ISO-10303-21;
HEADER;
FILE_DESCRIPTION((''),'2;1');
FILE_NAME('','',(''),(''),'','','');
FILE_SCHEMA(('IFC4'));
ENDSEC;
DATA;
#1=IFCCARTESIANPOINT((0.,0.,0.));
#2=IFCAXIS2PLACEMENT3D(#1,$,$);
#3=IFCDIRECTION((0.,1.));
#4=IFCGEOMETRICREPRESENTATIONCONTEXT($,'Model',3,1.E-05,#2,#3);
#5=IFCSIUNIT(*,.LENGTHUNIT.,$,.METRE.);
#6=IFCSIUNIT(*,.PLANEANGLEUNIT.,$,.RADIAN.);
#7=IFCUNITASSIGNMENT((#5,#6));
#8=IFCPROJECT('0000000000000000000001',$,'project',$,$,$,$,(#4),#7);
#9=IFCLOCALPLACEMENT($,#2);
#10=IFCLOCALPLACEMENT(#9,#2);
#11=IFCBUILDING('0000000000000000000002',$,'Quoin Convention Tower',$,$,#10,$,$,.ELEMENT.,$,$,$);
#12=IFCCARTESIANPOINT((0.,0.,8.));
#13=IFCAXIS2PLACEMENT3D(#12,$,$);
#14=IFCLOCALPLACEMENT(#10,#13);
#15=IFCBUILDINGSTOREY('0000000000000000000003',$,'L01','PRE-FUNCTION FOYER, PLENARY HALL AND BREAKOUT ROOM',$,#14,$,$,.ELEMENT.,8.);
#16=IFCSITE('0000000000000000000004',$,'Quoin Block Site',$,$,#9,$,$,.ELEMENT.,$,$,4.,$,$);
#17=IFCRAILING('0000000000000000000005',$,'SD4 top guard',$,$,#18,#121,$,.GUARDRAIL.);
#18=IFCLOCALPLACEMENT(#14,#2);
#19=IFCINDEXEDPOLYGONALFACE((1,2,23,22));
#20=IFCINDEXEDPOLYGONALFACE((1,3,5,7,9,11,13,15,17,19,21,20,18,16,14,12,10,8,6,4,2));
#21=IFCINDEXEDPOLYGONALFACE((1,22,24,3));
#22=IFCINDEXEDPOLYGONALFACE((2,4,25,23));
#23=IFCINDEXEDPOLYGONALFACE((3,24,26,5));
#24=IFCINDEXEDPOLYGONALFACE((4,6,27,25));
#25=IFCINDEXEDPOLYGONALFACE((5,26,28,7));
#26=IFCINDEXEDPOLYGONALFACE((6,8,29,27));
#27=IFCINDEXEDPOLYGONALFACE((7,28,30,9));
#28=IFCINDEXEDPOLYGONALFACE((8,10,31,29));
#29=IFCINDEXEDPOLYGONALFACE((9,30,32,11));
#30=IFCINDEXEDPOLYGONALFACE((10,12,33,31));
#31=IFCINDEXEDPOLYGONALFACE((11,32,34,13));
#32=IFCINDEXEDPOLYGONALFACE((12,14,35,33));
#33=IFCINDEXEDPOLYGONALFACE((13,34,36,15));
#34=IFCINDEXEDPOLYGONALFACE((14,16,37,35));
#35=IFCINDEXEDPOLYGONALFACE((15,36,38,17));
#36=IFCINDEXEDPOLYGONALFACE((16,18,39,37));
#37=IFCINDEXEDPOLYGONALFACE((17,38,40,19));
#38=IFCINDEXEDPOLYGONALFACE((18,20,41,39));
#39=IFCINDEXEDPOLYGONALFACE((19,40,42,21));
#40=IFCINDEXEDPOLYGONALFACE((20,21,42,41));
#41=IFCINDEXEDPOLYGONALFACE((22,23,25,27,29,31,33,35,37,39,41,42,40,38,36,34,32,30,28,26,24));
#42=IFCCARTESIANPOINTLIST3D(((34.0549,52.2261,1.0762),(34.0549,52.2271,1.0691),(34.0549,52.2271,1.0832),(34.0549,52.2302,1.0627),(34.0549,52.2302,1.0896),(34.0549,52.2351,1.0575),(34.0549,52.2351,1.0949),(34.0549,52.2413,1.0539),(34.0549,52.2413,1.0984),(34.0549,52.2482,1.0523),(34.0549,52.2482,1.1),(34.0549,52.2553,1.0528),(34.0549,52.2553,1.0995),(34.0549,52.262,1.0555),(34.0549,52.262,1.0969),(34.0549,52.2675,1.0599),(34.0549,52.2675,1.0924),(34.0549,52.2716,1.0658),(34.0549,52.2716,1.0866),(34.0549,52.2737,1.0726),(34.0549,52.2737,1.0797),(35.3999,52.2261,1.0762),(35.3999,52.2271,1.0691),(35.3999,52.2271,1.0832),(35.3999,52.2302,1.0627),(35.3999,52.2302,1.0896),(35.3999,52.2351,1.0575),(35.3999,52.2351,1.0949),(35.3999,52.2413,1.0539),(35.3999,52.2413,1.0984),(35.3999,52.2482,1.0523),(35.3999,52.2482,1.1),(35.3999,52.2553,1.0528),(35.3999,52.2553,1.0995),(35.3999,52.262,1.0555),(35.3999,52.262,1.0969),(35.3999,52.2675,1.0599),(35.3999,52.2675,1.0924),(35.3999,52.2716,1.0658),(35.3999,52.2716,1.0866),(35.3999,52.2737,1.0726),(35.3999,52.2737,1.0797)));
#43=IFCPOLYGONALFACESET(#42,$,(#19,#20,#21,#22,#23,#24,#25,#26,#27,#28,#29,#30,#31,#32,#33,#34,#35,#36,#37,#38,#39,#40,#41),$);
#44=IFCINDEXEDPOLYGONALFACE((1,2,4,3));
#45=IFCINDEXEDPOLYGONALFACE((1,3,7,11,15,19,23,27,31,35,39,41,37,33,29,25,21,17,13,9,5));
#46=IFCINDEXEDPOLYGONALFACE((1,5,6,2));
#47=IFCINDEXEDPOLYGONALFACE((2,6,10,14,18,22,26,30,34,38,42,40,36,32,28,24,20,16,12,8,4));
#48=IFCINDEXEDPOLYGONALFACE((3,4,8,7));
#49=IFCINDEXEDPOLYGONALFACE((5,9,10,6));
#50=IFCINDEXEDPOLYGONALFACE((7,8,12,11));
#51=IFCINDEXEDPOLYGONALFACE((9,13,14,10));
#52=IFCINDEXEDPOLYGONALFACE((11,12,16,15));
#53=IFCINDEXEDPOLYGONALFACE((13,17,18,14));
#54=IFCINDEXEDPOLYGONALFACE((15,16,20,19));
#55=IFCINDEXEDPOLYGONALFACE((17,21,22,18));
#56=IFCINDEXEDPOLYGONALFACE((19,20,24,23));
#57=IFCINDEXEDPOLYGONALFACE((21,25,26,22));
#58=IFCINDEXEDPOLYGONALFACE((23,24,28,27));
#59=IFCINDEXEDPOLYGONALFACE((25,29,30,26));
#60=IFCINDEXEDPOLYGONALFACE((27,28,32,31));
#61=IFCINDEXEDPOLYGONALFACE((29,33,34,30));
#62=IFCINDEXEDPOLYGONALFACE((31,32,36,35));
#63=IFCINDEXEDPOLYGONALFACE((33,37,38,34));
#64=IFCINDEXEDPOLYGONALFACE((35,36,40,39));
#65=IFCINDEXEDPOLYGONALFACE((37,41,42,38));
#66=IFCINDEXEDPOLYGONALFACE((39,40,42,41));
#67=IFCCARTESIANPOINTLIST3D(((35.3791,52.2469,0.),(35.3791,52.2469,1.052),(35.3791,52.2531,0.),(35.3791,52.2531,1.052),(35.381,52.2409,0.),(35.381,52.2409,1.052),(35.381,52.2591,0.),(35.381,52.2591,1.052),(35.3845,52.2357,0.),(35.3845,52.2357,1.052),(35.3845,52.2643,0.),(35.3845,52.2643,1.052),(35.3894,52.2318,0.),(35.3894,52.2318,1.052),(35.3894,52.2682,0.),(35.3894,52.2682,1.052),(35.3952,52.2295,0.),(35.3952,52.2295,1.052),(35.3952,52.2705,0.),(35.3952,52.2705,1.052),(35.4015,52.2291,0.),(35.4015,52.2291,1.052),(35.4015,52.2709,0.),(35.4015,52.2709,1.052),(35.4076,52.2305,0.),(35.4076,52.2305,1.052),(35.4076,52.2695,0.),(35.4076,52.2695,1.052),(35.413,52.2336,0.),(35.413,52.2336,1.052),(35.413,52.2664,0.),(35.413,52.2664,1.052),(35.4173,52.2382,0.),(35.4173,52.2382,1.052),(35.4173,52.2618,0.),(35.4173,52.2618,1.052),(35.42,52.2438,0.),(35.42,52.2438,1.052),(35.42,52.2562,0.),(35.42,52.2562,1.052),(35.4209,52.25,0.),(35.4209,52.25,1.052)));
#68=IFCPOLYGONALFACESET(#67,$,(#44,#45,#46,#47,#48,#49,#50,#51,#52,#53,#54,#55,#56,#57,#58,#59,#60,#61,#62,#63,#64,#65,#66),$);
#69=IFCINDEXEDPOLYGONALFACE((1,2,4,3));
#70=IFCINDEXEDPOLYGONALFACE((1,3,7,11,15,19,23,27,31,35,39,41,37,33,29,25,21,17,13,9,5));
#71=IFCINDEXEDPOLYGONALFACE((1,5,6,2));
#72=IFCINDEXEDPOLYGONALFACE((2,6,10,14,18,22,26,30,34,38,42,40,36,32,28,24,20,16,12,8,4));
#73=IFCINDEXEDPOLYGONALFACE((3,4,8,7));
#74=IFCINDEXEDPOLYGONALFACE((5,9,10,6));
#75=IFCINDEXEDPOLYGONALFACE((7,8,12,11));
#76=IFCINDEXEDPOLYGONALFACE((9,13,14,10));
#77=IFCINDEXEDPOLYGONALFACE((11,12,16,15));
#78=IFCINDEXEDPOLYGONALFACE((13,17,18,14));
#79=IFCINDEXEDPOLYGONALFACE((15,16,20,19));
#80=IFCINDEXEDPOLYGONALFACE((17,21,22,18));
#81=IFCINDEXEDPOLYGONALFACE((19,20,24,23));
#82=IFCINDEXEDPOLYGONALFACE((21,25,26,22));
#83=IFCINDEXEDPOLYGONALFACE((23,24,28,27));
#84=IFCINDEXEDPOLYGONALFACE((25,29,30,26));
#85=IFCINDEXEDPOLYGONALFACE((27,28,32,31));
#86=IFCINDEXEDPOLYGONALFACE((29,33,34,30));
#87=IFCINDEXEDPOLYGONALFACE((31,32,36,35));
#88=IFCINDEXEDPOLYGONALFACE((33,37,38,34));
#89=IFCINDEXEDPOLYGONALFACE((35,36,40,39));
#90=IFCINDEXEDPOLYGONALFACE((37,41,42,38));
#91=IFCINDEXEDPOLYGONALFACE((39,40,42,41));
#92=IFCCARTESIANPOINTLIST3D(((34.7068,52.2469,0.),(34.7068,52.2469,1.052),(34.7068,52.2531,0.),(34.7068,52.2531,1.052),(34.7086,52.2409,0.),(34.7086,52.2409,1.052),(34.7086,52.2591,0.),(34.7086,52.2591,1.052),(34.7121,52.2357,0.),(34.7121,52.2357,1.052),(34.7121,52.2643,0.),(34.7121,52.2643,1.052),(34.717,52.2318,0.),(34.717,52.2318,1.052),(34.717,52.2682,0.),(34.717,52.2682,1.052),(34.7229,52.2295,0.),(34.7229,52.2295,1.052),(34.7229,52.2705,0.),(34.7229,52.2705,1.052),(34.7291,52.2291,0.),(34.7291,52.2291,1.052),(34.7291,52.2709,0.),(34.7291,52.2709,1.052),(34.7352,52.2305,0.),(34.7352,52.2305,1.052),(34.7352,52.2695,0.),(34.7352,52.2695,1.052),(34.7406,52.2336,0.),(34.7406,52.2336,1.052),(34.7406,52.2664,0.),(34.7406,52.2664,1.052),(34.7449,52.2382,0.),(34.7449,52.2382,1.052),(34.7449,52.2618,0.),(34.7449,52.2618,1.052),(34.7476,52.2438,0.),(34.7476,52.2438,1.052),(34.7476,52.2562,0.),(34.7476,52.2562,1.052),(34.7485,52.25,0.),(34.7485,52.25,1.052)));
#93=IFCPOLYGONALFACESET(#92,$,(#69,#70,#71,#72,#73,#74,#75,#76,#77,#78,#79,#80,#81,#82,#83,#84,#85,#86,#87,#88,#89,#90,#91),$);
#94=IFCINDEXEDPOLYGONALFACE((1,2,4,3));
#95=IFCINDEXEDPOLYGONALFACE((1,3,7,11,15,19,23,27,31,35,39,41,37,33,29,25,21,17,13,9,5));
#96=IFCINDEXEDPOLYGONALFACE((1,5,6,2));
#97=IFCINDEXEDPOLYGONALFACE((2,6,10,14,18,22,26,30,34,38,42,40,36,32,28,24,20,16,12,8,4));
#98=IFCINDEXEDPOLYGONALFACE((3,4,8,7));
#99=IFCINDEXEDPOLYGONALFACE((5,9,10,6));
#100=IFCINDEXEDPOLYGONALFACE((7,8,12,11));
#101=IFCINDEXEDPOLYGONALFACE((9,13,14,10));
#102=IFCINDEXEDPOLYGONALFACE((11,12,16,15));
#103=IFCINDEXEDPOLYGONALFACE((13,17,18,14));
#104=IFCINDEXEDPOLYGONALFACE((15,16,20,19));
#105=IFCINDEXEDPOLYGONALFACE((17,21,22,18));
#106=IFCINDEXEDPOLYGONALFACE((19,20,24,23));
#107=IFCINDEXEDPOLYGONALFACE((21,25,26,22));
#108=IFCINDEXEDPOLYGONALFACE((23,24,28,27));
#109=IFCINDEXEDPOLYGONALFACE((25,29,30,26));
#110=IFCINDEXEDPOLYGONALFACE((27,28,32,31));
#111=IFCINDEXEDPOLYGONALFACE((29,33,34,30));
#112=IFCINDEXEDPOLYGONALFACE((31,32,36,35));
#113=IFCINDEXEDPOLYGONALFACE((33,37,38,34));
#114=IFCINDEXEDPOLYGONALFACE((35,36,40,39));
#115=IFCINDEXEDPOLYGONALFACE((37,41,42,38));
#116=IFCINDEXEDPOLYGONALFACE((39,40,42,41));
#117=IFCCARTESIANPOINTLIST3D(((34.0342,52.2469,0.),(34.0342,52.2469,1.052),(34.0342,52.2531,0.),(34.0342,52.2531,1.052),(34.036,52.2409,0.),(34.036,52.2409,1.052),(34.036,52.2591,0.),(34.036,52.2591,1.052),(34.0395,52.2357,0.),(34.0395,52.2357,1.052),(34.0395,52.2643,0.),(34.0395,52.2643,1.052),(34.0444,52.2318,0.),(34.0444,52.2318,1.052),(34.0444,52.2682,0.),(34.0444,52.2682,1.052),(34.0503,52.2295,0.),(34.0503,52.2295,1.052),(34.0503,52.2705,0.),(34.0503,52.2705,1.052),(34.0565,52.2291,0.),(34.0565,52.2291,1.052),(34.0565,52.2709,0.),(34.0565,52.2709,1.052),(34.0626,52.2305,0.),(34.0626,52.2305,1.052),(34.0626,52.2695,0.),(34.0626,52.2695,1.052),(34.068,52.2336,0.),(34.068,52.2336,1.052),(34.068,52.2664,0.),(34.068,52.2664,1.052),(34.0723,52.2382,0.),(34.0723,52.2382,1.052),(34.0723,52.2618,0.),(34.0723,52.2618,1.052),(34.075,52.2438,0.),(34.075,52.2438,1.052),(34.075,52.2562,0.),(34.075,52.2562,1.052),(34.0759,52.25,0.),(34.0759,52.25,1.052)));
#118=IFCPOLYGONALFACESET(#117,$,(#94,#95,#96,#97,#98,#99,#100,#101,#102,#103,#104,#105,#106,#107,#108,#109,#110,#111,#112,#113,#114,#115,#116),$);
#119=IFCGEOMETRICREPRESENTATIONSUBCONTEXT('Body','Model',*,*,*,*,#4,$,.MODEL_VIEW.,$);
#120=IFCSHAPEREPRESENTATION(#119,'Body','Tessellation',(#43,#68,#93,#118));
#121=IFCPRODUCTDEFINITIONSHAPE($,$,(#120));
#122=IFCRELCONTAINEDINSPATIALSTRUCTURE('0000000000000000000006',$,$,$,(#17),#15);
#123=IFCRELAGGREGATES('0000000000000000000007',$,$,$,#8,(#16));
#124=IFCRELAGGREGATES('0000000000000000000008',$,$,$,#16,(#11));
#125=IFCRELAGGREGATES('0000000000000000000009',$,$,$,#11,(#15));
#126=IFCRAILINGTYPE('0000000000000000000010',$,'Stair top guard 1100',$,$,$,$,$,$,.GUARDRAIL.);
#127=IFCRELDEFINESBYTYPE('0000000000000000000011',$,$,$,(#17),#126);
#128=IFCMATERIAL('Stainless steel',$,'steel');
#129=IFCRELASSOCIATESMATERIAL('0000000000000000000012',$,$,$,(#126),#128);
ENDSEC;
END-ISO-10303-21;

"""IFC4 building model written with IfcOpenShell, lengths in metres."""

from ifc_helpers import new_model, si_unit, direction, frame, origin, origin_2d, place, context, subcontext, project, spatial, circle, extrude, material, type_object, element, save


model = new_model("IFC4")

# Units and contexts
model_context = context("Model", 3, precision=1e-05, world=origin(), true_north=direction((0.0, 1.0)))
body_context = subcontext(model_context, "Body", "Model", "MODEL_VIEW")
ifc_project = project(units=[si_unit("LENGTHUNIT", "METRE"), si_unit("PLANEANGLEUNIT", "RADIAN")], contexts=[model_context])

# Site, building, storey
site_placement = place(None, origin())
site = spatial("IfcSite", under=ifc_project, at=site_placement, Name="Quoin Block Site", CompositionType="ELEMENT", RefElevation=4.0)
building_placement = place(site_placement, origin())
building = spatial("IfcBuilding", under=site, at=building_placement, Name="Quoin Convention Tower", CompositionType="ELEMENT")
storey_placement = place(building_placement, frame((0.0, 0.0, 8.0)))
storey = spatial("IfcBuildingStorey", under=building, at=storey_placement, Name="L01", Description="PRE-FUNCTION FOYER, PLENARY HALL AND BREAKOUT ROOM", CompositionType="ELEMENT", Elevation=8.0)

# Railing
ifc_material_1 = material(Name="Stainless steel", Category="steel")
railing_type_1 = type_object("IfcRailingType", Name="Stair top guard 1100", PredefinedType="GUARDRAIL", material=ifc_material_1)
railing_1_placement = place(storey_placement, frame((35.3999, 52.25, 0.0)))
element("IfcRailing", 1, at=railing_1_placement, inside=storey, type_object=railing_type_1, Name="SD4 top guard", PredefinedType="GUARDRAIL", context=body_context, shape_type="SweptSolid", body=[
    extrude(circle(Radius=0.0239, at=origin_2d()), frame((0.0, 0.0, 1.0762), z_axis=(-1.0, 0.0, 0.0), x_axis=(0.0, -1.0, 0.0)), (0.0, 0.0, 1.0), 1.345),
    extrude(circle(Radius=0.021, at=origin_2d()), origin(), (0.0, 0.0, 1.0), 1.052),
    extrude(circle(Radius=0.021, at=origin_2d()), frame((-0.6724, 0.0, 0.0)), (0.0, 0.0, 1.0), 1.052),
    extrude(circle(Radius=0.021, at=origin_2d()), frame((-1.345, 0.0, 0.0)), (0.0, 0.0, 1.0), 1.052),
])

save(model, "model.ifc")
